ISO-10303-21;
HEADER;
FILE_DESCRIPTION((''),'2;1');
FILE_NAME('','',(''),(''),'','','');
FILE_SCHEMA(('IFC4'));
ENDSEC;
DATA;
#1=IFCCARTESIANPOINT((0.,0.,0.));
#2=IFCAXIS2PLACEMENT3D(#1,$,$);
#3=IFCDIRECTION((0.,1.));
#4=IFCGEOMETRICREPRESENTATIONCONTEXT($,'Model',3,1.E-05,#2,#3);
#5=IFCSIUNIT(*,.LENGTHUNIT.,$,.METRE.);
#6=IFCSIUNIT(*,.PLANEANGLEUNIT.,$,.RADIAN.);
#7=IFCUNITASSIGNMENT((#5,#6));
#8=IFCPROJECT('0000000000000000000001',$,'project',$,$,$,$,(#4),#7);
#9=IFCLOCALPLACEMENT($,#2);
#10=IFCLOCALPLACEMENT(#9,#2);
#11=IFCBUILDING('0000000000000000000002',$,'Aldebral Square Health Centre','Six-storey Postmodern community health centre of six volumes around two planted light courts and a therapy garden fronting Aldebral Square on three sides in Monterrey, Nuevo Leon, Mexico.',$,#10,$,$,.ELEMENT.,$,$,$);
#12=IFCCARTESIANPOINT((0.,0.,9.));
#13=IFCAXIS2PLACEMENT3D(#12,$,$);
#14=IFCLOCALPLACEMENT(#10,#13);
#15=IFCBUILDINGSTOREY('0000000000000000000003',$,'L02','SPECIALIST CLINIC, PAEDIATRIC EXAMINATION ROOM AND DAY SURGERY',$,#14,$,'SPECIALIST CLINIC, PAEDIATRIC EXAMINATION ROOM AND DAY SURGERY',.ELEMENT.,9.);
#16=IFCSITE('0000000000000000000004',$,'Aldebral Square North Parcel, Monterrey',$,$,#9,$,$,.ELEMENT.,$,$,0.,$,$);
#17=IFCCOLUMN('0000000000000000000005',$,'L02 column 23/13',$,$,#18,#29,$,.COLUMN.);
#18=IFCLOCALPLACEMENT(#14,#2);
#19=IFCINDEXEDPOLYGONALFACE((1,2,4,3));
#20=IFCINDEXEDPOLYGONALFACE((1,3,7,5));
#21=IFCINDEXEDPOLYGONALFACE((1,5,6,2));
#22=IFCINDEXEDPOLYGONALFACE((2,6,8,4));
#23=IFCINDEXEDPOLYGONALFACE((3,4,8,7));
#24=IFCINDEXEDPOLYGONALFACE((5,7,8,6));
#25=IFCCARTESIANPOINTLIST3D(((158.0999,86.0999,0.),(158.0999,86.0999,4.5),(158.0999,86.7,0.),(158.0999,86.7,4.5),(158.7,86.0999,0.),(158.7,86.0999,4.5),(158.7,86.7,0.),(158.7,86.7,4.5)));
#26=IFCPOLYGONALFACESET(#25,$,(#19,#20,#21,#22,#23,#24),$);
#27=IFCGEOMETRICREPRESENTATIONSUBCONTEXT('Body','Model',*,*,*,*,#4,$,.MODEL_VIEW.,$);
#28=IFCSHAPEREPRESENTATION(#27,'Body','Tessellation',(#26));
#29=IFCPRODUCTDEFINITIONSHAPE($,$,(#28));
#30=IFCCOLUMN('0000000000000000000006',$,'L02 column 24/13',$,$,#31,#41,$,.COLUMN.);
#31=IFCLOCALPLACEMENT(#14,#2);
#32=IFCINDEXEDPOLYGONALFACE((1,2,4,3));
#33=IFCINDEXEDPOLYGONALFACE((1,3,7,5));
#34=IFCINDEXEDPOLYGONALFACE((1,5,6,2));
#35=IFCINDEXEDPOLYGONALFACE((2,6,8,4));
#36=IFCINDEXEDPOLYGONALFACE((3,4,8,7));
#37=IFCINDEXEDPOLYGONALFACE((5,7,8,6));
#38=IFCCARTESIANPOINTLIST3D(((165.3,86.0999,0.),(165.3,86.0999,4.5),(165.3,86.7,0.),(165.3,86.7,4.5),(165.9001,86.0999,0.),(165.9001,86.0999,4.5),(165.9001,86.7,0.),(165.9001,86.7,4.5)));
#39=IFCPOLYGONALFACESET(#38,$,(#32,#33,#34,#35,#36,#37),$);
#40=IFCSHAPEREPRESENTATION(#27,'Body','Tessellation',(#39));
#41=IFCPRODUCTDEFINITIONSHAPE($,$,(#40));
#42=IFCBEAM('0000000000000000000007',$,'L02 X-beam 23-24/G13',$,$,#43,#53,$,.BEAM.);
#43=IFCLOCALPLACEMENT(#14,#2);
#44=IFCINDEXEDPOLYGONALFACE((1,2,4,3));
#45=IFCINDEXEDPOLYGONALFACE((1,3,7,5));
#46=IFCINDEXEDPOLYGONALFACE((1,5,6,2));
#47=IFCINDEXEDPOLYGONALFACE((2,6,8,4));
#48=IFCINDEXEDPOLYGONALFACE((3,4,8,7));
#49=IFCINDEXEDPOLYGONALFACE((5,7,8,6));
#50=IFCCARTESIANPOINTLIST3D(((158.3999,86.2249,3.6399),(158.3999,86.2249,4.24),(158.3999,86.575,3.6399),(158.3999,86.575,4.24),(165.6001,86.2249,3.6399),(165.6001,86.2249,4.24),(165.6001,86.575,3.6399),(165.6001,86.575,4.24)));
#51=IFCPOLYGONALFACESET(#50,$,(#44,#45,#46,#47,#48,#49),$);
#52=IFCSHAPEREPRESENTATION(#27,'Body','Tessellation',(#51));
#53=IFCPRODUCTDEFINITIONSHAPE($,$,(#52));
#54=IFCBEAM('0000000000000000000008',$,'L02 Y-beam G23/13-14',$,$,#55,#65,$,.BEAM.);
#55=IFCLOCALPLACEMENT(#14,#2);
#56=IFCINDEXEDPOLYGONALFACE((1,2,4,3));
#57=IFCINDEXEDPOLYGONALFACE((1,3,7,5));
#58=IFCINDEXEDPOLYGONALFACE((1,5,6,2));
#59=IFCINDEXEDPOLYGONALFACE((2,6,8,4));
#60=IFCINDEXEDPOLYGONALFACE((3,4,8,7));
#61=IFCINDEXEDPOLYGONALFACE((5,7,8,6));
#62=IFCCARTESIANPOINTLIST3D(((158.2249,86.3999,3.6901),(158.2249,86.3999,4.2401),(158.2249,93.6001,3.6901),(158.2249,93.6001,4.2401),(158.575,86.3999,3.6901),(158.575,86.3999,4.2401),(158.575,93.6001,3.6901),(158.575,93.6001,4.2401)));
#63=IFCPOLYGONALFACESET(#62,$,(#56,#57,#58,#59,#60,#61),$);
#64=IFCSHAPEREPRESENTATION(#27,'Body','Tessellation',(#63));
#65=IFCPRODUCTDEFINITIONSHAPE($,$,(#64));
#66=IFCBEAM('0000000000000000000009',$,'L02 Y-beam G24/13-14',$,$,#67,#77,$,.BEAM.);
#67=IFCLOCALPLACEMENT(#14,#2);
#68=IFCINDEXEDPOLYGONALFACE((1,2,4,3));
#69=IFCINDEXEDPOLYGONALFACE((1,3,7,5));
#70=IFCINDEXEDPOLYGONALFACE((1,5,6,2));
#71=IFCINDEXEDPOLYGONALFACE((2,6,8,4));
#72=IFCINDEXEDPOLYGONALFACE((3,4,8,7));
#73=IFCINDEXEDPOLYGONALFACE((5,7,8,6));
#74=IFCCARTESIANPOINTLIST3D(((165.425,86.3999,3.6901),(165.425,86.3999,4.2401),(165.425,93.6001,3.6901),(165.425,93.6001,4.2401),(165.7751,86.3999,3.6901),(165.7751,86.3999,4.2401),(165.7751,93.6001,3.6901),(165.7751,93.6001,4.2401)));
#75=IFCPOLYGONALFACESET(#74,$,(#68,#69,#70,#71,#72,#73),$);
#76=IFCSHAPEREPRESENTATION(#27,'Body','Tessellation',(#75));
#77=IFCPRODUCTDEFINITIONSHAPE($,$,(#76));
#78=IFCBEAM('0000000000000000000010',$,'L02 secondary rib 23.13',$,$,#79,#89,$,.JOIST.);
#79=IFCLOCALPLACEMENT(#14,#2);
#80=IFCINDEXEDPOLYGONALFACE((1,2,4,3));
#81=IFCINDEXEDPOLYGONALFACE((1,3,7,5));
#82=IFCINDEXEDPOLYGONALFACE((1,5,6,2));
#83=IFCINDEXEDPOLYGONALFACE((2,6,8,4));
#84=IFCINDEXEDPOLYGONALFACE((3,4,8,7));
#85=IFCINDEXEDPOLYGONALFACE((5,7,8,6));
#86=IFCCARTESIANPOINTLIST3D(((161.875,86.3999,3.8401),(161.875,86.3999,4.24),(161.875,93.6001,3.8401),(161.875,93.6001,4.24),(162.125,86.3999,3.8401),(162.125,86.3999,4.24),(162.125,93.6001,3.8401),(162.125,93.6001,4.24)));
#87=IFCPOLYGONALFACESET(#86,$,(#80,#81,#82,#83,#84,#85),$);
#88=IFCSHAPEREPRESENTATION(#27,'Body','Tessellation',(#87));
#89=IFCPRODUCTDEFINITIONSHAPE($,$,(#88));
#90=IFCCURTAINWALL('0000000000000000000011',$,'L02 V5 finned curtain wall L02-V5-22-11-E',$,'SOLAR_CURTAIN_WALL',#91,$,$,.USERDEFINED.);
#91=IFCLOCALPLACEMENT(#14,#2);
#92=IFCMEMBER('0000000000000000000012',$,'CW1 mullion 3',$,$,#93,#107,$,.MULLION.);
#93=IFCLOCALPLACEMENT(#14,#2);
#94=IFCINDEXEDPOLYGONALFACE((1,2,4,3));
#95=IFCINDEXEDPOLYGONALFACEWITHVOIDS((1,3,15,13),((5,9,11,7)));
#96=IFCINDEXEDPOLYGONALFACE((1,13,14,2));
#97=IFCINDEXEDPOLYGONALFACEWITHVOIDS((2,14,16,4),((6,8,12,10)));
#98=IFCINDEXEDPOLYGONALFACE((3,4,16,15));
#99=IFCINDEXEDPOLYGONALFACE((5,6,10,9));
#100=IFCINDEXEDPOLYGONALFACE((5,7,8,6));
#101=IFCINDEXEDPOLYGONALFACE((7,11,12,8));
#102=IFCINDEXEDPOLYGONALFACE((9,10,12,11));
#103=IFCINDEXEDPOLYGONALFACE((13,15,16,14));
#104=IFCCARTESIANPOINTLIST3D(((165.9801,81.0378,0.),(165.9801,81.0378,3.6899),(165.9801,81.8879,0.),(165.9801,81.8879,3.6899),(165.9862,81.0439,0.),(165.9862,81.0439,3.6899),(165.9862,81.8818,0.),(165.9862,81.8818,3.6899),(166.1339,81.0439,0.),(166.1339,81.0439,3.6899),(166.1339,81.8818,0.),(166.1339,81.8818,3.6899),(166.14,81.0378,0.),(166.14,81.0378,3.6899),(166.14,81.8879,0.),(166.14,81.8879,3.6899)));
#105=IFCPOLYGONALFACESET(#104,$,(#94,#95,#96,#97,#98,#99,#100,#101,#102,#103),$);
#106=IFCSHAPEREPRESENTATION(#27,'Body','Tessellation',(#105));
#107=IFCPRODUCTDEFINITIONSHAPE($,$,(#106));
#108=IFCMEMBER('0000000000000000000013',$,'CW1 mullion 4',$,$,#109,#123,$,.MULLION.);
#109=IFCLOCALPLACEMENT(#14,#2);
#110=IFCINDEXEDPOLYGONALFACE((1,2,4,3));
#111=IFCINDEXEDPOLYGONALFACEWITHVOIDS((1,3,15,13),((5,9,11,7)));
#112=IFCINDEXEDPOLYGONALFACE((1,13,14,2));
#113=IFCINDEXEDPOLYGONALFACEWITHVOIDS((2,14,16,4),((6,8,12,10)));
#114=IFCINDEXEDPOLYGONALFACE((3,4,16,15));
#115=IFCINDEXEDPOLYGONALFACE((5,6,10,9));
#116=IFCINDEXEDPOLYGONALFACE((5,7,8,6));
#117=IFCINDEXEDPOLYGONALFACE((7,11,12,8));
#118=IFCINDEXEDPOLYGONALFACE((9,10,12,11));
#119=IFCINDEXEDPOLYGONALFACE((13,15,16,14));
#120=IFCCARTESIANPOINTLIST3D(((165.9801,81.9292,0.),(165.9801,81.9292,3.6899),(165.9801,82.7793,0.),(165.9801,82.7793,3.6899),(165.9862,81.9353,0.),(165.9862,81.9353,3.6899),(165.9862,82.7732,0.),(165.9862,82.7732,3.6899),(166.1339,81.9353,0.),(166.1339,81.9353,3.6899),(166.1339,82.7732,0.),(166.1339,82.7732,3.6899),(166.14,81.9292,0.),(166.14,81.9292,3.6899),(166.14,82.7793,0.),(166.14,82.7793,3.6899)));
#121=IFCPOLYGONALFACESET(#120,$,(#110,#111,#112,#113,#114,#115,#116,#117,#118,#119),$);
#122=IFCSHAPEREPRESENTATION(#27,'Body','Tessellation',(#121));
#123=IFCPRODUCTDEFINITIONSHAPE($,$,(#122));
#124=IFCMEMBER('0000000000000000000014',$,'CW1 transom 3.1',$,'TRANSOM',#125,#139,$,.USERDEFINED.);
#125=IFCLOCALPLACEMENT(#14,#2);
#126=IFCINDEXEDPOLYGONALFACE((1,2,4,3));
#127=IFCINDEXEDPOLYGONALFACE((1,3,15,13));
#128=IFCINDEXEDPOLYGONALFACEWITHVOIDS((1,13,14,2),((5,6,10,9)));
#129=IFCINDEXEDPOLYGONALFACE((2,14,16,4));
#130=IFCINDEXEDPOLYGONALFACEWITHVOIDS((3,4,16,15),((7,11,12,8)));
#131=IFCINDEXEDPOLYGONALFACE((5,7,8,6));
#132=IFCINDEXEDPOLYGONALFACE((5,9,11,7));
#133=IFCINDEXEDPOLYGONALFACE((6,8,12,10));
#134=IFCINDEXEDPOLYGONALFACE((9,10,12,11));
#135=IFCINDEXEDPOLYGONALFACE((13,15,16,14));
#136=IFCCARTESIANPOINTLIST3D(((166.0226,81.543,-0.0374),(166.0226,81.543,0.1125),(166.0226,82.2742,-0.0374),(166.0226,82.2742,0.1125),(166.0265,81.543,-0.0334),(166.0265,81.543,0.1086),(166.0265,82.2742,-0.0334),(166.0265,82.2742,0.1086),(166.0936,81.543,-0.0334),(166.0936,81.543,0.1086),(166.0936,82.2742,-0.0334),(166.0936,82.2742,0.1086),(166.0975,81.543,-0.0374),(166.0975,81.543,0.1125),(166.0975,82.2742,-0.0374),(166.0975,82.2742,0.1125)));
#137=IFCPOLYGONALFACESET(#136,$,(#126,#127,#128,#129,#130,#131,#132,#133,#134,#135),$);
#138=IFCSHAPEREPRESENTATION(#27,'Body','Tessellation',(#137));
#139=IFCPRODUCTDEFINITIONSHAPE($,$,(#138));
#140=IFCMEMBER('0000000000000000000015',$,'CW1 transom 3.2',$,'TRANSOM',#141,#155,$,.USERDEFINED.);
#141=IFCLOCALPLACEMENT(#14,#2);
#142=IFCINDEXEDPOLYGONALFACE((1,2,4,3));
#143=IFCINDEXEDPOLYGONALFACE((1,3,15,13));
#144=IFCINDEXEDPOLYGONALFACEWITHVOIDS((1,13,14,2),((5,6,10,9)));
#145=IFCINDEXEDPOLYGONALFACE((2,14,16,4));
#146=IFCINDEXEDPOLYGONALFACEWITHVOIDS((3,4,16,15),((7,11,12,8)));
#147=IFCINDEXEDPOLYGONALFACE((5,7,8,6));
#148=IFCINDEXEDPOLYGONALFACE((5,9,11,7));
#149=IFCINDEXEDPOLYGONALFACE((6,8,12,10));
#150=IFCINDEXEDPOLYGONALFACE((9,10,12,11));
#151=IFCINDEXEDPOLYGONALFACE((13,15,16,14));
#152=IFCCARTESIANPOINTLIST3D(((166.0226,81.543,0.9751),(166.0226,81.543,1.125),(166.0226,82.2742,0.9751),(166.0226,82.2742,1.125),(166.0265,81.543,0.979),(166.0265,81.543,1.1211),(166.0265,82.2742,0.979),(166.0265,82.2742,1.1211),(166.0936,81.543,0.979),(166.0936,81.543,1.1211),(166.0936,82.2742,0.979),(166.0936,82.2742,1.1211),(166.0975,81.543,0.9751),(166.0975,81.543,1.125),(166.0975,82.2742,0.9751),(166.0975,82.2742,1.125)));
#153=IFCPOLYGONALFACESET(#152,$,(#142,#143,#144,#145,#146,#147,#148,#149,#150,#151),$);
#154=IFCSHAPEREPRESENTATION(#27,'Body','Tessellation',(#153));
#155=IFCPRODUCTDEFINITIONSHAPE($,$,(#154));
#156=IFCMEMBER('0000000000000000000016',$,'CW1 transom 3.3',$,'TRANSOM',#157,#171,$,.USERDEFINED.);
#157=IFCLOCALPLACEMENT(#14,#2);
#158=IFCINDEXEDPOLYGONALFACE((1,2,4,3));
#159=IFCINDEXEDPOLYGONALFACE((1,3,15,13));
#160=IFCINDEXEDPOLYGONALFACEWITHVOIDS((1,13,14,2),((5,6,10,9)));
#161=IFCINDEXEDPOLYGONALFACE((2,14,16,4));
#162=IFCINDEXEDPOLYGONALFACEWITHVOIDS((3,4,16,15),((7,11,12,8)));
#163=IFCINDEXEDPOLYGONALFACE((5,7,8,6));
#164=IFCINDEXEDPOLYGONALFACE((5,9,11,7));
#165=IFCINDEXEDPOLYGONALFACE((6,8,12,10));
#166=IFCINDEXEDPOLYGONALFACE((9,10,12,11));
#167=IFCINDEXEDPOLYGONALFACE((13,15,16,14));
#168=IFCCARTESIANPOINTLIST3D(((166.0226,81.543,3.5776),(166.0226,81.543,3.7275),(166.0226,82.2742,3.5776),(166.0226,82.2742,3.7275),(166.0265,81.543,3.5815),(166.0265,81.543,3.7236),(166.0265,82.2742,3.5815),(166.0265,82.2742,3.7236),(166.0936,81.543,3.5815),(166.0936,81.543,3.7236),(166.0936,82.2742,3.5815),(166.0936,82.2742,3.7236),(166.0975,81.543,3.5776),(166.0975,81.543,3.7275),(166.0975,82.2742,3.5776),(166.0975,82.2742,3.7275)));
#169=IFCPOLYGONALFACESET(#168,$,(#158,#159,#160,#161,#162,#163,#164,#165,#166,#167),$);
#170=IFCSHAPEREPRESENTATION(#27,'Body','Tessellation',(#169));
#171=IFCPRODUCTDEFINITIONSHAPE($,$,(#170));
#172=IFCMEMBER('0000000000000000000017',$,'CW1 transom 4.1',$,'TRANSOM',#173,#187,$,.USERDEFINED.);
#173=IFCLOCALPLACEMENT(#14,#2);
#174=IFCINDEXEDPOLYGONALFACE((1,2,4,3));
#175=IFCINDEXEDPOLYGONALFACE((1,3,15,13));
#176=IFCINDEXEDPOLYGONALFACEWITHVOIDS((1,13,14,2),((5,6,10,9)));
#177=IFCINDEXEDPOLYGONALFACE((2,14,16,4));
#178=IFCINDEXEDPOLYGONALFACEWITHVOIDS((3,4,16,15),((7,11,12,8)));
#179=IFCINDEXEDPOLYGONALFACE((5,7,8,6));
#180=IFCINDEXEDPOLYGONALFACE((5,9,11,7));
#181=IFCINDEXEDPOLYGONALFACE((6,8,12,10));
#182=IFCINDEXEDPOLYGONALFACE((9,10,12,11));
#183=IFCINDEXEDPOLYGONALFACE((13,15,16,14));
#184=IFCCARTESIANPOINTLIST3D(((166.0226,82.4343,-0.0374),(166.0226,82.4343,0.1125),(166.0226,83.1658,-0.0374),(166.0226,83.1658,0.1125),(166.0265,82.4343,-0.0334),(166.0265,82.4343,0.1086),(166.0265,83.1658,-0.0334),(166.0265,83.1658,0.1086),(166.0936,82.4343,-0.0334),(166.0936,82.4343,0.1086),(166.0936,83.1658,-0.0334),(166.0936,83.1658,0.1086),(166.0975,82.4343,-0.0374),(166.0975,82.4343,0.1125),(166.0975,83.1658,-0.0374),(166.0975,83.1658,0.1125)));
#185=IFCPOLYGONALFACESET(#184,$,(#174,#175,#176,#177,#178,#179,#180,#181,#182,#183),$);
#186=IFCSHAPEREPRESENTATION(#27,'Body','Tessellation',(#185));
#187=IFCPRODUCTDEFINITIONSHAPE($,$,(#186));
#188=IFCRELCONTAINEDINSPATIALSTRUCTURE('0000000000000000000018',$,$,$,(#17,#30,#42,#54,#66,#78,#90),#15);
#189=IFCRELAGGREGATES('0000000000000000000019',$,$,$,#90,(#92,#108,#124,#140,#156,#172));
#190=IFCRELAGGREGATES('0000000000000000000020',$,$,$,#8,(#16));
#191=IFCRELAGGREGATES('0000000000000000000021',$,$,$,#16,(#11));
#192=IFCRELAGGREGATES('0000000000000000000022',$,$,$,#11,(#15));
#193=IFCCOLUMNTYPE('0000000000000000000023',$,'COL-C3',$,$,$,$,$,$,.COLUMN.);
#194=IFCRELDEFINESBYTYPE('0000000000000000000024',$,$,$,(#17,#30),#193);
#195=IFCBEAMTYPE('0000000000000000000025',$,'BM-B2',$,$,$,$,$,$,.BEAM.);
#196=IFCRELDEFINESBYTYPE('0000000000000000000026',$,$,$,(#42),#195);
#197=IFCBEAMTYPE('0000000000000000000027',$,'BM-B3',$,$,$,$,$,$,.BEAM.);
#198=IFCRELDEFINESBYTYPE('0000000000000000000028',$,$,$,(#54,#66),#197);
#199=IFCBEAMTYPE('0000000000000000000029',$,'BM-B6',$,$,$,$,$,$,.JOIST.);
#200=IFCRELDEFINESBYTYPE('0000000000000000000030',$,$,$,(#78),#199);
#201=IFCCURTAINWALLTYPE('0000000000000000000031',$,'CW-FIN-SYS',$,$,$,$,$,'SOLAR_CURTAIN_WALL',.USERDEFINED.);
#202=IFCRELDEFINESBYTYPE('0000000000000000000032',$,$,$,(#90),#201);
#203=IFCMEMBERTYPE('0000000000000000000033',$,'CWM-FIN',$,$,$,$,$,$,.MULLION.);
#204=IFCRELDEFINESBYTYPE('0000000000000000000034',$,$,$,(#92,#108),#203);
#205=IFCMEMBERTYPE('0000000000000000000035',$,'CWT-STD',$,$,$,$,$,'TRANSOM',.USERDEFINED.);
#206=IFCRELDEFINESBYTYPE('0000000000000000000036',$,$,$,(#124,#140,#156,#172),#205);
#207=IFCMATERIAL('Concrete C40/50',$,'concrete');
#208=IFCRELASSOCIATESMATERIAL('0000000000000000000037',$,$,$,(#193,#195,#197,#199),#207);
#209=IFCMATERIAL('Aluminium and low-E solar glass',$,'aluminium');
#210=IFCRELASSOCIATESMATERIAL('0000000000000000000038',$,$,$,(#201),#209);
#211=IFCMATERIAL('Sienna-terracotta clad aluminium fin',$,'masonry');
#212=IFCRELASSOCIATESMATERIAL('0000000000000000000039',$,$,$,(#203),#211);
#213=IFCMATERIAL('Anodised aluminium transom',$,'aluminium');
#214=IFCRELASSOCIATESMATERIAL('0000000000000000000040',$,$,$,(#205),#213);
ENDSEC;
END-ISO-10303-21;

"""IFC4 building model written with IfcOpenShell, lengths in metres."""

from ifc_helpers import new_model, si_unit, direction, frame, origin, origin_2d, place, context, subcontext, project, spatial, rectangle, hollow_rectangle, extrude, material, material_profile, profile_set, type_object, element, aggregate, save


model = new_model("IFC4")

# Units and contexts
model_context = context("Model", 3, precision=1e-05, world=origin(), true_north=direction((0.0, 1.0)))
body_context = subcontext(model_context, "Body", "Model", "MODEL_VIEW")
ifc_project = project(units=[si_unit("LENGTHUNIT", "METRE"), si_unit("PLANEANGLEUNIT", "RADIAN")], contexts=[model_context])

# Site, building, storey
site_placement = place(None, origin())
site = spatial("IfcSite", under=ifc_project, at=site_placement, Name="Aldebral Square North Parcel, Monterrey", CompositionType="ELEMENT", RefElevation=0.0)
building_placement = place(site_placement, origin())
building = spatial("IfcBuilding", under=site, at=building_placement, Name="Aldebral Square Health Centre", Description="Six-storey Postmodern community health centre of six volumes around two planted light courts and a therapy garden fronting Aldebral Square on three sides in Monterrey, Nuevo Leon, Mexico.", CompositionType="ELEMENT")
storey_placement = place(building_placement, frame((0.0, 0.0, 9.0)))
storey = spatial("IfcBuildingStorey", under=building, at=storey_placement, Name="L02", Description="SPECIALIST CLINIC, PAEDIATRIC EXAMINATION ROOM AND DAY SURGERY", LongName="SPECIALIST CLINIC, PAEDIATRIC EXAMINATION ROOM AND DAY SURGERY", CompositionType="ELEMENT", Elevation=9.0)

# Columns
ifc_material_1 = material(Name="Concrete C40/50", Category="concrete")
ifc_material_profile_1 = material_profile(ifc_material_1, rectangle(XDim=0.6001, YDim=0.6001, at=origin_2d()), Name="RC 600x600")
ifc_profile_set_1 = profile_set([ifc_material_profile_1], Name="Concrete C40/50")
column_type = type_object("IfcColumnType", Name="COL-C3", PredefinedType="COLUMN", material=ifc_profile_set_1)
for number, where, z_axis, x_axis, name in (
    (1, (158.3999, 86.3999, 0.0), (0.0, 0.0, 1.0), (1.0, 0.0, 0.0), "L02 column 23/13"),
    (2, (165.6001, 86.3999, 0.0), (0.0, 0.0, 1.0), (1.0, 0.0, 0.0), "L02 column 24/13"),
):
    element("IfcColumn", number, at=place(storey_placement, frame(where, z_axis=z_axis, x_axis=x_axis)), inside=storey, type_object=column_type, Name=name, PredefinedType="COLUMN", context=body_context, shape_type="SweptSolid", body=[
        extrude(rectangle(XDim=0.6001, YDim=0.6001, at=origin_2d()), origin(), (0.0, 0.0, 1.0), 4.5),
    ])

# Beams
ifc_material_profile_2 = material_profile(ifc_material_1, rectangle(XDim=0.3501, YDim=0.6001, at=origin_2d()), Name="RC 350x600")
ifc_profile_set_2 = profile_set([ifc_material_profile_2], Name="Concrete C40/50")
beam_type_1 = type_object("IfcBeamType", Name="BM-B2", PredefinedType="BEAM", material=ifc_profile_set_2)
beam_1_placement = place(storey_placement, frame((158.3999, 86.3999, 3.9399), z_axis=(1.0, 0.0, 0.0), x_axis=(0.0, 1.0, 0.0)))
element("IfcBeam", 3, at=beam_1_placement, inside=storey, type_object=beam_type_1, Name="L02 X-beam 23-24/G13", PredefinedType="BEAM", context=body_context, shape_type="SweptSolid", body=[
    extrude(rectangle(XDim=0.3501, YDim=0.6001, at=origin_2d()), origin(), (0.0, 0.0, 1.0), 7.2002),
])
ifc_material_profile_3 = material_profile(ifc_material_1, rectangle(XDim=0.3501, YDim=0.55, at=origin_2d()), Name="RC 350x550")
ifc_profile_set_3 = profile_set([ifc_material_profile_3], Name="Concrete C40/50")
beam_type_2 = type_object("IfcBeamType", Name="BM-B3", PredefinedType="BEAM", material=ifc_profile_set_3)
for number, where, z_axis, x_axis, name in (
    (4, (158.3999, 86.3999, 3.9651), (0.0, 1.0, 0.0), (-1.0, 0.0, 0.0), "L02 Y-beam G23/13-14"),
    (5, (165.6001, 86.3999, 3.9651), (0.0, 1.0, 0.0), (-1.0, 0.0, 0.0), "L02 Y-beam G24/13-14"),
):
    element("IfcBeam", number, at=place(storey_placement, frame(where, z_axis=z_axis, x_axis=x_axis)), inside=storey, type_object=beam_type_2, Name=name, PredefinedType="BEAM", context=body_context, shape_type="SweptSolid", body=[
        extrude(rectangle(XDim=0.3501, YDim=0.55, at=origin_2d()), origin(), (0.0, 0.0, 1.0), 7.2002),
    ])
ifc_material_profile_4 = material_profile(ifc_material_1, rectangle(XDim=0.25, YDim=0.3999, at=origin_2d()), Name="RC 250x400")
ifc_profile_set_4 = profile_set([ifc_material_profile_4], Name="Concrete C40/50")
beam_type_3 = type_object("IfcBeamType", Name="BM-B6", PredefinedType="JOIST", material=ifc_profile_set_4)
beam_2_placement = place(storey_placement, frame((162.0, 86.3999, 4.04), z_axis=(0.0, 1.0, 0.0), x_axis=(-1.0, 0.0, 0.0)))
element("IfcBeam", 6, at=beam_2_placement, inside=storey, type_object=beam_type_3, Name="L02 secondary rib 23.13", PredefinedType="JOIST", context=body_context, shape_type="SweptSolid", body=[
    extrude(rectangle(XDim=0.25, YDim=0.3999, at=origin_2d()), origin(), (0.0, 0.0, 1.0), 7.2002),
])

# Curtain wall, members
ifc_material_2 = material(Name="Aluminium and low-E solar glass", Category="aluminium")
curtain_wall_type = type_object("IfcCurtainWallType", Name="CW-FIN-SYS", ElementType="SOLAR_CURTAIN_WALL", PredefinedType="USERDEFINED", material=ifc_material_2)
curtain_wall_1_placement = place(storey_placement, origin())
curtain_wall_1 = element("IfcCurtainWall", 7, at=curtain_wall_1_placement, inside=storey, type_object=curtain_wall_type, Name="L02 V5 finned curtain wall L02-V5-22-11-E", ObjectType="SOLAR_CURTAIN_WALL", PredefinedType="USERDEFINED")
ifc_material_3 = material(Name="Sienna-terracotta clad aluminium fin", Category="masonry")
ifc_material_profile_5 = material_profile(ifc_material_3, hollow_rectangle(XDim=0.1599, YDim=0.8501, WallThickness=0.0061, at=origin_2d()), Name="FIN 160x850x6")
ifc_profile_set_5 = profile_set([ifc_material_profile_5], Name="Sienna-terracotta clad aluminium fin")
member_type_1 = type_object("IfcMemberType", Name="CWM-FIN", PredefinedType="MULLION", material=ifc_profile_set_5)
member_1_placement = place(storey_placement, frame((166.0601, 81.4629, 0.0), z_axis=(0.0, 0.0, 1.0), x_axis=(-1.0, 0.0, 0.0)))
member_1 = element("IfcMember", 8, at=member_1_placement, type_object=member_type_1, Name="CW1 mullion 3", PredefinedType="MULLION", context=body_context, shape_type="SweptSolid", body=[
    extrude(hollow_rectangle(XDim=0.1599, YDim=0.8501, WallThickness=0.0061, at=origin_2d()), origin(), (0.0, 0.0, 1.0), 3.6899),
])
member_2_placement = place(storey_placement, frame((166.0601, 82.3542, 0.0), z_axis=(0.0, 0.0, 1.0), x_axis=(-1.0, 0.0, 0.0)))
member_2 = element("IfcMember", 9, at=member_2_placement, type_object=member_type_1, Name="CW1 mullion 4", PredefinedType="MULLION", context=body_context, shape_type="SweptSolid", body=[
    extrude(hollow_rectangle(XDim=0.1599, YDim=0.8501, WallThickness=0.0061, at=origin_2d()), origin(), (0.0, 0.0, 1.0), 3.6899),
])
ifc_material_4 = material(Name="Anodised aluminium transom", Category="aluminium")
ifc_material_profile_6 = material_profile(ifc_material_4, hollow_rectangle(XDim=0.075, YDim=0.1499, WallThickness=0.0039, at=origin_2d()), Name="CWT 75x150x4")
ifc_profile_set_6 = profile_set([ifc_material_profile_6], Name="Anodised aluminium transom")
member_type_2 = type_object("IfcMemberType", Name="CWT-STD", ElementType="TRANSOM", PredefinedType="USERDEFINED", material=ifc_profile_set_6)
member_3_placement = place(storey_placement, frame((166.0601, 81.543, 0.0376), z_axis=(0.0, 1.0, 0.0), x_axis=(-1.0, 0.0, 0.0)))
member_3 = element("IfcMember", 10, at=member_3_placement, type_object=member_type_2, Name="CW1 transom 3.1", ObjectType="TRANSOM", PredefinedType="USERDEFINED", context=body_context, shape_type="SweptSolid", body=[
    extrude(hollow_rectangle(XDim=0.075, YDim=0.1499, WallThickness=0.0039, at=origin_2d()), origin(), (0.0, 0.0, 1.0), 0.7312),
])
member_4_placement = place(storey_placement, frame((166.0601, 81.543, 1.05), z_axis=(0.0, 1.0, 0.0), x_axis=(-1.0, 0.0, 0.0)))
member_4 = element("IfcMember", 11, at=member_4_placement, type_object=member_type_2, Name="CW1 transom 3.2", ObjectType="TRANSOM", PredefinedType="USERDEFINED", context=body_context, shape_type="SweptSolid", body=[
    extrude(hollow_rectangle(XDim=0.075, YDim=0.1499, WallThickness=0.0039, at=origin_2d()), origin(), (0.0, 0.0, 1.0), 0.7312),
])
member_5_placement = place(storey_placement, frame((166.0601, 81.543, 3.6526), z_axis=(0.0, 1.0, 0.0), x_axis=(-1.0, 0.0, 0.0)))
member_5 = element("IfcMember", 12, at=member_5_placement, type_object=member_type_2, Name="CW1 transom 3.3", ObjectType="TRANSOM", PredefinedType="USERDEFINED", context=body_context, shape_type="SweptSolid", body=[
    extrude(hollow_rectangle(XDim=0.075, YDim=0.1499, WallThickness=0.0039, at=origin_2d()), origin(), (0.0, 0.0, 1.0), 0.7312),
])
member_6_placement = place(storey_placement, frame((166.0601, 82.4343, 0.0376), z_axis=(0.0, 1.0, 0.0), x_axis=(-1.0, 0.0, 0.0)))
member_6 = element("IfcMember", 13, at=member_6_placement, type_object=member_type_2, Name="CW1 transom 4.1", ObjectType="TRANSOM", PredefinedType="USERDEFINED", context=body_context, shape_type="SweptSolid", body=[
    extrude(hollow_rectangle(XDim=0.075, YDim=0.1499, WallThickness=0.0039, at=origin_2d()), origin(), (0.0, 0.0, 1.0), 0.7314),
])
aggregate(curtain_wall_1, [member_1, member_2, member_3, member_4, member_5, member_6])

save(model, "model.ifc")
